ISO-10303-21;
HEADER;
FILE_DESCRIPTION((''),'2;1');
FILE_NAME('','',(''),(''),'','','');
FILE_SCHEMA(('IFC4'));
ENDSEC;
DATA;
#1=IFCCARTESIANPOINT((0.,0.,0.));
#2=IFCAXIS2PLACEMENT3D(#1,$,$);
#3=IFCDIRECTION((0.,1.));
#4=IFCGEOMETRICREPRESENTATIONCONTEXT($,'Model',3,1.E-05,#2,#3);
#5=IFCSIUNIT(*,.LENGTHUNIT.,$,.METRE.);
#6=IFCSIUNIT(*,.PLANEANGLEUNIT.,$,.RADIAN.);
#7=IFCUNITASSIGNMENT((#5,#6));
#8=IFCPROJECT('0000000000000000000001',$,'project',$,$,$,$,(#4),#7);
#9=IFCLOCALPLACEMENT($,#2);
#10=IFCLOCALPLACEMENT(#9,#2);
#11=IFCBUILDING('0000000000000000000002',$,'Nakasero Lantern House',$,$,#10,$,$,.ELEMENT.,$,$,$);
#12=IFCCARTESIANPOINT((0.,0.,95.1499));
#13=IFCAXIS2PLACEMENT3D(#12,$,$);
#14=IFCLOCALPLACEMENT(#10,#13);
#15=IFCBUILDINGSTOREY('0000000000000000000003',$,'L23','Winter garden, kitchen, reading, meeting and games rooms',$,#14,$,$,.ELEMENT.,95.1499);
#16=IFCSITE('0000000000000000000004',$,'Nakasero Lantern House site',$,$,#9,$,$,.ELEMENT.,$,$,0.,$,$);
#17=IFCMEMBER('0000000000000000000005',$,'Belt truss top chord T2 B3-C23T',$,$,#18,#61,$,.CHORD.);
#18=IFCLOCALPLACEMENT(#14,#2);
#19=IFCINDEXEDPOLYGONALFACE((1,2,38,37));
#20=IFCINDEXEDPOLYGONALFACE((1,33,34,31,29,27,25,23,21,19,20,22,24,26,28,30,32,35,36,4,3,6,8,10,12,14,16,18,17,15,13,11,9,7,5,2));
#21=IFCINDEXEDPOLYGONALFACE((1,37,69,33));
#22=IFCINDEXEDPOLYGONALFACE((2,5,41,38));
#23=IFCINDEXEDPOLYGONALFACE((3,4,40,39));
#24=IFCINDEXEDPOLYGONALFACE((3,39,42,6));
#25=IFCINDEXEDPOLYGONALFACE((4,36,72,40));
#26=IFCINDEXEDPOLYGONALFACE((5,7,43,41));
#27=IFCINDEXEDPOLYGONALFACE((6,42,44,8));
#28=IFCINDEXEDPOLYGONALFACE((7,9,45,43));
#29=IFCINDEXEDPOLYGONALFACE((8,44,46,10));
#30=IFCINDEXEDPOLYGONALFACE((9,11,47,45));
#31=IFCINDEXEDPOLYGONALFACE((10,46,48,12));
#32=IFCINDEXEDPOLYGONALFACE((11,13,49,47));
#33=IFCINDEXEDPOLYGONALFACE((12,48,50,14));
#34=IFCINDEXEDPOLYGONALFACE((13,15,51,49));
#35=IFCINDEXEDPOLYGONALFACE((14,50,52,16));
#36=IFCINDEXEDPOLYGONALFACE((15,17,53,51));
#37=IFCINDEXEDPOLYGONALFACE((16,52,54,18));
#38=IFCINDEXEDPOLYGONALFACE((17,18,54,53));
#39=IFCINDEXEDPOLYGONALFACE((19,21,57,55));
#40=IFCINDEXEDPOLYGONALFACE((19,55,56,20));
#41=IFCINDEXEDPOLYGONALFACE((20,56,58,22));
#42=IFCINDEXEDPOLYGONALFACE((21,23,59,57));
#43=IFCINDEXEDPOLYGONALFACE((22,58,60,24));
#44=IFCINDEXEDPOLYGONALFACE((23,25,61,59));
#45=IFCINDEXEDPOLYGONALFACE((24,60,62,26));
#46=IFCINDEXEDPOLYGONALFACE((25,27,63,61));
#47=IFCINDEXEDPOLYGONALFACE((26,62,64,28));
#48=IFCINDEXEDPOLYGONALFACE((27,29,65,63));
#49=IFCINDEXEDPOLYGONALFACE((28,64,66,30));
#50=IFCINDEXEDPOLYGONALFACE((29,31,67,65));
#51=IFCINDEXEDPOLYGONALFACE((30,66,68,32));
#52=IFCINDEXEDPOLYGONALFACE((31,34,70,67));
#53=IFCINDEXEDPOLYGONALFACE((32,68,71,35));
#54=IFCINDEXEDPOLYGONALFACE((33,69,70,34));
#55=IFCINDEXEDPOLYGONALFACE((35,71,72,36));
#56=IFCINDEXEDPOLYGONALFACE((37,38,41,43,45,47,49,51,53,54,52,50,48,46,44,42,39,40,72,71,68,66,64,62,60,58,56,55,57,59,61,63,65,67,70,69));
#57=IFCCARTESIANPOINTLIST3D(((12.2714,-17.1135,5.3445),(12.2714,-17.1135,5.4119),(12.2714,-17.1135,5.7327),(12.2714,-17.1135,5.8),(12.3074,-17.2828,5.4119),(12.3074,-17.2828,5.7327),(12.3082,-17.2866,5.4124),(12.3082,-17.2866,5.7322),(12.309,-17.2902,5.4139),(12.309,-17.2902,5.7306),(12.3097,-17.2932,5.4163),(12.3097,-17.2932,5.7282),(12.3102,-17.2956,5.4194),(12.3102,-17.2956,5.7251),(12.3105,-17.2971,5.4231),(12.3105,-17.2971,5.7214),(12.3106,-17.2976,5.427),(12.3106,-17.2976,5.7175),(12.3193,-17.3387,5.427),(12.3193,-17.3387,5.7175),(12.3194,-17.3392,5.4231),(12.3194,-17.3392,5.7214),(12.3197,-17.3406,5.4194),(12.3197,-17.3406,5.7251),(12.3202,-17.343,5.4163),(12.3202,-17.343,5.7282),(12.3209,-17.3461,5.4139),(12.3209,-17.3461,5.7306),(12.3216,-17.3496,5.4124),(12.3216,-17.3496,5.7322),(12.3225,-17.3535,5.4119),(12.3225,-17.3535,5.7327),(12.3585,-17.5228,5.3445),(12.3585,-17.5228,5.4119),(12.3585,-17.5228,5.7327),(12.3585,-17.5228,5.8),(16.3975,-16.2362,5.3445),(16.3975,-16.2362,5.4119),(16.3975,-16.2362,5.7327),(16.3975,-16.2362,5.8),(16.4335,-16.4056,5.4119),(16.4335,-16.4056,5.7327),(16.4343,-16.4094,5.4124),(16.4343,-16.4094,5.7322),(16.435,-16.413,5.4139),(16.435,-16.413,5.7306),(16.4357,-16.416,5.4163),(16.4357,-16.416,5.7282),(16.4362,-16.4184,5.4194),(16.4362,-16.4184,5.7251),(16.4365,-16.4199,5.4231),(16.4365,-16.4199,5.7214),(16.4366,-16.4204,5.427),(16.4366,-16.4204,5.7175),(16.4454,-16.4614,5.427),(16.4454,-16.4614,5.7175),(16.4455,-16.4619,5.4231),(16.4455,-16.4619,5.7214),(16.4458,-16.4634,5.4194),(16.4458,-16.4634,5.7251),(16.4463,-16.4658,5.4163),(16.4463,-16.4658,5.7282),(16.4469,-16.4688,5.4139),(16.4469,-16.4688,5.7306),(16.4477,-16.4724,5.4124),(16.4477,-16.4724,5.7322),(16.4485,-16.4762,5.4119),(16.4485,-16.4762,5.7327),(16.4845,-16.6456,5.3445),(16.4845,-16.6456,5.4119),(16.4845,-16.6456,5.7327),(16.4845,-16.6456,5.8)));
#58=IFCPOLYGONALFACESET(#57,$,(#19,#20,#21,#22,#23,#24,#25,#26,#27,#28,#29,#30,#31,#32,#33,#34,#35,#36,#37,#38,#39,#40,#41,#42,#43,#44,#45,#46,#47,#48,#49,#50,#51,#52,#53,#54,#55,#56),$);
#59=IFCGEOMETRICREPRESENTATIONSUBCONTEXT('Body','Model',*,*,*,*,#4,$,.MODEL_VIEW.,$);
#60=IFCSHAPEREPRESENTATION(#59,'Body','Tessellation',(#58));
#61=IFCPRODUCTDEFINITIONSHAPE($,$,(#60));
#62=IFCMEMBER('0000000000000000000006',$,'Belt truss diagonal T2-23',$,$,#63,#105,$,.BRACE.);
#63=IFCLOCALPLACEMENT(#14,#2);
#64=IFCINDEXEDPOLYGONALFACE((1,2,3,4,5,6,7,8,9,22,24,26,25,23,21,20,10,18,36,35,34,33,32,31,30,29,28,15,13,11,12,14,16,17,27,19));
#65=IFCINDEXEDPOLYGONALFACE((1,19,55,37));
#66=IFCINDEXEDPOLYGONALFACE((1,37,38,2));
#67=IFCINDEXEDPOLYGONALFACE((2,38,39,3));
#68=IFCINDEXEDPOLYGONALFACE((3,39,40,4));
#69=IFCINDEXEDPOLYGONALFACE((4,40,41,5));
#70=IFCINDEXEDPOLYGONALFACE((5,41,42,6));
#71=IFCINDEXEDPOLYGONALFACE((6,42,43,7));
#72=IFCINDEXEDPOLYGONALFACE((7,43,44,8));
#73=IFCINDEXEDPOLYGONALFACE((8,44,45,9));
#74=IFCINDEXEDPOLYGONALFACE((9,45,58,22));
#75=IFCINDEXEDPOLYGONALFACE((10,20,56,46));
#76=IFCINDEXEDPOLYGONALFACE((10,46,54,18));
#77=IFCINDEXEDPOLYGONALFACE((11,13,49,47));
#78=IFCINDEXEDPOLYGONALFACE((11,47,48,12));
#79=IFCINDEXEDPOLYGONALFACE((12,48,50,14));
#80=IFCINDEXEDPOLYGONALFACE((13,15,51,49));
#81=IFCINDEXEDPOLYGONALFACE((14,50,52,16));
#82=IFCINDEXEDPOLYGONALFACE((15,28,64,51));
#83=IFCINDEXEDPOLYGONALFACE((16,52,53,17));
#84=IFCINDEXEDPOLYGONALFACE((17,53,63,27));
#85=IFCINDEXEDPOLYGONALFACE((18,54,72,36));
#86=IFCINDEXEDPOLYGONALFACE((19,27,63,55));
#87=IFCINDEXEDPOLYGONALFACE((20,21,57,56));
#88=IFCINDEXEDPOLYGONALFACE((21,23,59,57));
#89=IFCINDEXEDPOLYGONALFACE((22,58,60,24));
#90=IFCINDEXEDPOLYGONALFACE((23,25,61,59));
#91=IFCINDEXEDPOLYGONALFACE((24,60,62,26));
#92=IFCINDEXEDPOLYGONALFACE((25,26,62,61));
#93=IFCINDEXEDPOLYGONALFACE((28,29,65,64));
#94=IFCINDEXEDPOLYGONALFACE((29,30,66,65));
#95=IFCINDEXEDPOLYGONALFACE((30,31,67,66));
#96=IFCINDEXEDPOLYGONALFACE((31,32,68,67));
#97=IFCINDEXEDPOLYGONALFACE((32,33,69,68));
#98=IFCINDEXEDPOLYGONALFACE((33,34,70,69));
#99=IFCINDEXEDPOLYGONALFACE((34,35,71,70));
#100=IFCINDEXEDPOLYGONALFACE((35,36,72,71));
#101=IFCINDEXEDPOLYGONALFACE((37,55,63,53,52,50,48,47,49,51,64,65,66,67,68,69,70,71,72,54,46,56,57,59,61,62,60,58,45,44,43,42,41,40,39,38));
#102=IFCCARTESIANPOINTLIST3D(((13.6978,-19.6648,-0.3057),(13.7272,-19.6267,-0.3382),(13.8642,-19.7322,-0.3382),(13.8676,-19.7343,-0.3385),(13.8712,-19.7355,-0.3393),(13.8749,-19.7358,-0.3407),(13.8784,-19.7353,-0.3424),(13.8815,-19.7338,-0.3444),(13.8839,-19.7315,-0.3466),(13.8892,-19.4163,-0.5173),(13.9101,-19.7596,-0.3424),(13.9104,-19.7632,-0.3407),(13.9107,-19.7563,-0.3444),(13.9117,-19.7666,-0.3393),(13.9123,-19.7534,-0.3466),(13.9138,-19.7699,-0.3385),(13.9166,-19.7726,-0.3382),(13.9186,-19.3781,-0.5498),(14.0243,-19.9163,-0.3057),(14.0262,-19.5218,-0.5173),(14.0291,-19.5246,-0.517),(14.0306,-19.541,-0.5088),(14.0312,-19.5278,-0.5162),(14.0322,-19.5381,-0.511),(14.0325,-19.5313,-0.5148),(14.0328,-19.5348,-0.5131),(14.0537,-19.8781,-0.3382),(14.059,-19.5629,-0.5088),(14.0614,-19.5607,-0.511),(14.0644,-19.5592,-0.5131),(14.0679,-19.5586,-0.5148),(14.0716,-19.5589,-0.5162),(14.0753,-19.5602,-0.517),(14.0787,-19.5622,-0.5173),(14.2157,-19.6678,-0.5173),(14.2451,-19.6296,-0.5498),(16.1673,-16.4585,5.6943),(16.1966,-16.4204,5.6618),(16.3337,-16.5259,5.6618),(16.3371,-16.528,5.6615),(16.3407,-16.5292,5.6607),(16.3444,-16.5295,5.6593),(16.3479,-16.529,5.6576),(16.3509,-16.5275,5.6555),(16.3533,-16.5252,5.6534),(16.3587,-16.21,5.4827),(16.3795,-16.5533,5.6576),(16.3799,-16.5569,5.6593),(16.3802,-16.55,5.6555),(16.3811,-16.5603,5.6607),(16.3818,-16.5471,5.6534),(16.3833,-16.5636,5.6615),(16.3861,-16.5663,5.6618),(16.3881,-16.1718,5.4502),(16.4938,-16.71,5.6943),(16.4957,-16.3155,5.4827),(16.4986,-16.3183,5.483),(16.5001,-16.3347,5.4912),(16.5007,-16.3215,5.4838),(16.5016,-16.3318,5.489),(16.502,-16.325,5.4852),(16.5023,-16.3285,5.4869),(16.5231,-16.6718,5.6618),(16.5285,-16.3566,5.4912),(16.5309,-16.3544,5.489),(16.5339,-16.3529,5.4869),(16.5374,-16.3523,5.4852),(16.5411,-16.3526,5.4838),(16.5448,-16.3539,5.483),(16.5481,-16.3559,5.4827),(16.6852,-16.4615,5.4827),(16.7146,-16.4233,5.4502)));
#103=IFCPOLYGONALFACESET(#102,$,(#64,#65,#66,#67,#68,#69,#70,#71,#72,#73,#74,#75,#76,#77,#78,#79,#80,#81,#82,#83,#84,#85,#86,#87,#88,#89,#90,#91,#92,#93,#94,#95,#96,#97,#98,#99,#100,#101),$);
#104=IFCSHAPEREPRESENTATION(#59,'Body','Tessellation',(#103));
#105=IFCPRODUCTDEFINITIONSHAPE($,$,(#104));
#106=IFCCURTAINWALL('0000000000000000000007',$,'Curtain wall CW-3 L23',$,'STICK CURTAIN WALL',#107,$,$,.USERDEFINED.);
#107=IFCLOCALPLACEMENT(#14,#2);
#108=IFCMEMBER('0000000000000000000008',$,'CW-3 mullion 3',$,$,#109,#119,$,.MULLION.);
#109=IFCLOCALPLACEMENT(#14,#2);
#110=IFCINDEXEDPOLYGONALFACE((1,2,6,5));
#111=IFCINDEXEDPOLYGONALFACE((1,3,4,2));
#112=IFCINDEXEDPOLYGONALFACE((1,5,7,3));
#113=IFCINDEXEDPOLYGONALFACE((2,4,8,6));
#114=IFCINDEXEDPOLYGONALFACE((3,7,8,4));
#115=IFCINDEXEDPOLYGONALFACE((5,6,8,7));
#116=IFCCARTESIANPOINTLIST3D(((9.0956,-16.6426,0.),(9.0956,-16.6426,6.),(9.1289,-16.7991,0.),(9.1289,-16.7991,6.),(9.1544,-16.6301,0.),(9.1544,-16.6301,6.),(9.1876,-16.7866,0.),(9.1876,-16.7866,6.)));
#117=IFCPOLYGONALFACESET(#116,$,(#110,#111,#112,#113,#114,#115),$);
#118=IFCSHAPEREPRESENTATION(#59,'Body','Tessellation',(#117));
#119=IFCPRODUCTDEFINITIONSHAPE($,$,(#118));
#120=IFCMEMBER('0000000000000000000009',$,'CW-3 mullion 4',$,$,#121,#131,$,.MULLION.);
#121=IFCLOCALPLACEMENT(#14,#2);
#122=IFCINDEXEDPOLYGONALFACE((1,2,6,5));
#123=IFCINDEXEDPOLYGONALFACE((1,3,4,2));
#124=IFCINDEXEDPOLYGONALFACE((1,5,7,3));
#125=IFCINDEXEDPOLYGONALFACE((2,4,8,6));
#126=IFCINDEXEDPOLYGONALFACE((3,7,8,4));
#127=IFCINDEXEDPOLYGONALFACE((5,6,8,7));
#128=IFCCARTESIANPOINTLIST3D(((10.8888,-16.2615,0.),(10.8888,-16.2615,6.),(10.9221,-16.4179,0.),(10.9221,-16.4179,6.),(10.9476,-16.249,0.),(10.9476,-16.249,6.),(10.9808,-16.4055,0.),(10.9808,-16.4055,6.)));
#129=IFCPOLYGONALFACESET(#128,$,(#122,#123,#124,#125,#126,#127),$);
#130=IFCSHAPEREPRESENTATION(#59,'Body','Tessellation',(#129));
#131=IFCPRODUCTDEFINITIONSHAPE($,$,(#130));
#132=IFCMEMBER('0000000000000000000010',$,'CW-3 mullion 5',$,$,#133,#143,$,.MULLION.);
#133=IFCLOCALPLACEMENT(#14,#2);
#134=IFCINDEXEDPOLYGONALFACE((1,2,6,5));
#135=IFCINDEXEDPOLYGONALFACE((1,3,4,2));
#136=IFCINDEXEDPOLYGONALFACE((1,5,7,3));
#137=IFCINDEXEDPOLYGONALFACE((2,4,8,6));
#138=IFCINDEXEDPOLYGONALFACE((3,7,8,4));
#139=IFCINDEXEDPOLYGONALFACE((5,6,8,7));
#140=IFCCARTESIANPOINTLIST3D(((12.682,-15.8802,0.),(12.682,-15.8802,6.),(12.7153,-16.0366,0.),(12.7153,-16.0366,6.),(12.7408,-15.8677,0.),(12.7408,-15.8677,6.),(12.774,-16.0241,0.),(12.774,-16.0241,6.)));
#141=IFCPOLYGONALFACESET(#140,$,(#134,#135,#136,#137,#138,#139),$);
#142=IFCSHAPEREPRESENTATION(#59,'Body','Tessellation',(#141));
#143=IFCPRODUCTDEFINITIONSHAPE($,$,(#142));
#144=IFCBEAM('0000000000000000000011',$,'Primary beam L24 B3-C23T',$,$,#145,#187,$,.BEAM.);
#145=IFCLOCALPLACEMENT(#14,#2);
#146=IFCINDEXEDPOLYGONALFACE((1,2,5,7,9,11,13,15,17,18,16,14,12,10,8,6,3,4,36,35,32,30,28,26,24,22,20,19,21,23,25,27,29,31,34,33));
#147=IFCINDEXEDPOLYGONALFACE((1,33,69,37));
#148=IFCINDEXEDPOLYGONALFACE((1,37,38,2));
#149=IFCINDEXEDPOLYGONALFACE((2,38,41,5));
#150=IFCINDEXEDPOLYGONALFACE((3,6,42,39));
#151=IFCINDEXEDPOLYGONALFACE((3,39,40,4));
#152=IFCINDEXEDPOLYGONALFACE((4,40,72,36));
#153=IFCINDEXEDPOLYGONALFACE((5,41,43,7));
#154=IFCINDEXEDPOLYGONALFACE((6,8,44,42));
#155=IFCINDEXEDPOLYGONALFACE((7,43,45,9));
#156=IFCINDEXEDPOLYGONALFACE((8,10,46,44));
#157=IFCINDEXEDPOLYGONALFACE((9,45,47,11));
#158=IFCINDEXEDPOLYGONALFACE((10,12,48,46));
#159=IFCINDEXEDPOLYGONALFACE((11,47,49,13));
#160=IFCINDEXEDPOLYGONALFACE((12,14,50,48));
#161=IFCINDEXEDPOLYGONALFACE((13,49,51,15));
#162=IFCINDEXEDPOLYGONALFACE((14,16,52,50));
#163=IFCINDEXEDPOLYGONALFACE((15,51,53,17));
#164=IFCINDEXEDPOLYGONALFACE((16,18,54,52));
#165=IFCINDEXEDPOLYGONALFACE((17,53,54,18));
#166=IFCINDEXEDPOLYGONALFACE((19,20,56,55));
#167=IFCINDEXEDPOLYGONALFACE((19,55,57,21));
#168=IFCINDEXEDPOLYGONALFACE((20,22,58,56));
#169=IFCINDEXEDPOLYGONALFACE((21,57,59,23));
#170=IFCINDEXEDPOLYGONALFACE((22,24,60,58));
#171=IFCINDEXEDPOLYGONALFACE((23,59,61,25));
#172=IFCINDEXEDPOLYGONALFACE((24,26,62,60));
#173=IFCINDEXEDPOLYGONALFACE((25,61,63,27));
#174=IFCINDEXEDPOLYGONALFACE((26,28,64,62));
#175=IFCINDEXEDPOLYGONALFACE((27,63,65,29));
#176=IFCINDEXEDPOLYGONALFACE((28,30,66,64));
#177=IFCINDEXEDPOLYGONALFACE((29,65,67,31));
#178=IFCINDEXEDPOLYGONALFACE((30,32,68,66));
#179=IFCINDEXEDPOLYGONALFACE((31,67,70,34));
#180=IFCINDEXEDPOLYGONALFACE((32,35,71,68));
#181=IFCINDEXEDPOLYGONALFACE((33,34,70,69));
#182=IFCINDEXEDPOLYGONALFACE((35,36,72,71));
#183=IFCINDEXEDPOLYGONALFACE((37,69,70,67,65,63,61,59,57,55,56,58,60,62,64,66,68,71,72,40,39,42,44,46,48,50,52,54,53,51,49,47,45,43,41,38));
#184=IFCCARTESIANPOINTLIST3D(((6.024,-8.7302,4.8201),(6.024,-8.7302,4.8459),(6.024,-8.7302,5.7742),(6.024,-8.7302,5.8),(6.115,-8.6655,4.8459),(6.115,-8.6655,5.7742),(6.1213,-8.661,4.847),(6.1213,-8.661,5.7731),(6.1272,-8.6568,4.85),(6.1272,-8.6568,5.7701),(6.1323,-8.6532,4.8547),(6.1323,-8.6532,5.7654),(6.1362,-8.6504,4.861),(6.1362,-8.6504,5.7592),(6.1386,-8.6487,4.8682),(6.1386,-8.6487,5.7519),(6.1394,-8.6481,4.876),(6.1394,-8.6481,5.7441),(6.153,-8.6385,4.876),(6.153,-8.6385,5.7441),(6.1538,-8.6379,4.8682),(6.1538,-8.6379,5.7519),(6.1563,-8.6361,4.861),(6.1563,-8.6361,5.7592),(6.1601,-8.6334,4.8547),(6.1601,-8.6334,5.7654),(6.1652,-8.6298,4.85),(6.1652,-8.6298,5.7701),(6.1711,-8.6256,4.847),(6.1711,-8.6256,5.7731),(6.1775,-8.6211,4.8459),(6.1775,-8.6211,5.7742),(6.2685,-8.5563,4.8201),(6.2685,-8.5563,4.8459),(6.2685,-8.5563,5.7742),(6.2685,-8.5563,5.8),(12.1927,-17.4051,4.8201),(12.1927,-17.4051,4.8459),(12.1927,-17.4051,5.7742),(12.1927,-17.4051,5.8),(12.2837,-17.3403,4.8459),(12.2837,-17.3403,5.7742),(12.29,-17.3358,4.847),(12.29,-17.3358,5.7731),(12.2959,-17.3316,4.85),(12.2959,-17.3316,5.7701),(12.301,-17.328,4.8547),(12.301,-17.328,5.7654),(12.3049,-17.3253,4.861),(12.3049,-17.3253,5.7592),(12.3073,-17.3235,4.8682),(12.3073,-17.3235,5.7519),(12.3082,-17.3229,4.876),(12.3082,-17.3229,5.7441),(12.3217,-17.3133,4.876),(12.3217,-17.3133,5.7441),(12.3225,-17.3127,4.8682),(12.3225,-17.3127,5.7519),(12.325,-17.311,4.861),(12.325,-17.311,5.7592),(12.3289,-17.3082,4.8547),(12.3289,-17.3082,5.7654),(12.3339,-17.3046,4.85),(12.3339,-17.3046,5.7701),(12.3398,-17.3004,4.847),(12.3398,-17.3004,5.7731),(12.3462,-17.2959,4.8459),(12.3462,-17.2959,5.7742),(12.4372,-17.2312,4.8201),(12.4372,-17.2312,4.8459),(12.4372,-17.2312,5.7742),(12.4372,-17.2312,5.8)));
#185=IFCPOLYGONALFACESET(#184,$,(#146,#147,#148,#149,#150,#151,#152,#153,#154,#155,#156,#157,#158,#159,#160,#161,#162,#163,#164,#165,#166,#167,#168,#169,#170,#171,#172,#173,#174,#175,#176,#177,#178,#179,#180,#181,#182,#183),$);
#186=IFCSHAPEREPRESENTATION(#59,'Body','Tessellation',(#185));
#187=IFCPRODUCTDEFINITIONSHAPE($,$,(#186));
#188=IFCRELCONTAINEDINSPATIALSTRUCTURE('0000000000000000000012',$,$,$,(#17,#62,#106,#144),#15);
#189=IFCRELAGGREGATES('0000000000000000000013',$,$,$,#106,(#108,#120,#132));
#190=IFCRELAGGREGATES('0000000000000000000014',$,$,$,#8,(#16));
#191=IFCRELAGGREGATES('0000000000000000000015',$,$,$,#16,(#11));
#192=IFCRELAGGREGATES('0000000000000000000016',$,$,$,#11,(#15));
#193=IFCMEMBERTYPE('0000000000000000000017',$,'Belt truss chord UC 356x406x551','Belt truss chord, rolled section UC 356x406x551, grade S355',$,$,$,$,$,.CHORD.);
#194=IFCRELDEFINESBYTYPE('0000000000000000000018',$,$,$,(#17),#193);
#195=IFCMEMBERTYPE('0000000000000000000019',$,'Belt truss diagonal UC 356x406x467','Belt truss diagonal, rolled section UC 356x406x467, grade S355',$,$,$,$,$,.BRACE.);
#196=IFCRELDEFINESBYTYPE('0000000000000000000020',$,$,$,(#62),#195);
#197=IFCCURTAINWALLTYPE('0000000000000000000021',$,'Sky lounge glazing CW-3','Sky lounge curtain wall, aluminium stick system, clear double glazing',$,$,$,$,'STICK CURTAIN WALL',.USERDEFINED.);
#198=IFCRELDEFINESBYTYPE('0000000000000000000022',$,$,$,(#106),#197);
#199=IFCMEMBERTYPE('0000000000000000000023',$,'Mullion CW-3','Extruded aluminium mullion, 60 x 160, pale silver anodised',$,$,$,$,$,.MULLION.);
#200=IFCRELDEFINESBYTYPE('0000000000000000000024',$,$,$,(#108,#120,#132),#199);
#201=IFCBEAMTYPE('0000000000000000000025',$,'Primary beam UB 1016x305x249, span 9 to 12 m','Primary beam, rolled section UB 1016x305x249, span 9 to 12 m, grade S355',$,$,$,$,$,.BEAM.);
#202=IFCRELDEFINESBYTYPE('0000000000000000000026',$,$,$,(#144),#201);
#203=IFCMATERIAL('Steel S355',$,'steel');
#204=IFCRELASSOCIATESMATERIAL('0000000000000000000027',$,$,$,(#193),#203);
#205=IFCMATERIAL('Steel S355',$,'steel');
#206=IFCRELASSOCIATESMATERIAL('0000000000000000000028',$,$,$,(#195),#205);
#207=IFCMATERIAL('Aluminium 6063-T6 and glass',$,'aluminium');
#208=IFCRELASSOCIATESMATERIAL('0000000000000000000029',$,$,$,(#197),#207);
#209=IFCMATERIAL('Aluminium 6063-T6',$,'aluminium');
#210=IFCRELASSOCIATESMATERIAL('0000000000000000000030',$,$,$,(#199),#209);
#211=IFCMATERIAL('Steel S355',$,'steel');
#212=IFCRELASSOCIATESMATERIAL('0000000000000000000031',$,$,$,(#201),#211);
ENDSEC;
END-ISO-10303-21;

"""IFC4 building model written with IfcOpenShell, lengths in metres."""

from ifc_helpers import new_model, si_unit, direction, frame, origin, origin_2d, place, context, subcontext, project, spatial, rectangle, i_section, extrude, material, material_profile, profile_set, type_object, element, aggregate, save


model = new_model("IFC4")

# Units and contexts
model_context = context("Model", 3, precision=1e-05, world=origin(), true_north=direction((0.0, 1.0)))
body_context = subcontext(model_context, "Body", "Model", "MODEL_VIEW")
ifc_project = project(units=[si_unit("LENGTHUNIT", "METRE"), si_unit("PLANEANGLEUNIT", "RADIAN")], contexts=[model_context])

# Site, building, storey
site_placement = place(None, origin())
site = spatial("IfcSite", under=ifc_project, at=site_placement, Name="Nakasero Lantern House site", CompositionType="ELEMENT", RefElevation=0.0)
building_placement = place(site_placement, origin())
building = spatial("IfcBuilding", under=site, at=building_placement, Name="Nakasero Lantern House", CompositionType="ELEMENT")
storey_placement = place(building_placement, frame((0.0, 0.0, 95.1499)))
storey = spatial("IfcBuildingStorey", under=building, at=storey_placement, Name="L23", Description="Winter garden, kitchen, reading, meeting and games rooms", CompositionType="ELEMENT", Elevation=95.1499)

# Members
ifc_material_1 = material(Name="Steel S355", Category="steel")
ifc_material_profile_1 = material_profile(ifc_material_1, i_section(OverallWidth=0.4185, OverallDepth=0.4556, WebThickness=0.042, FlangeThickness=0.0674, FilletRadius=0.0151, at=origin_2d()), Name="UC 356x406x551")
ifc_profile_set_1 = profile_set([ifc_material_profile_1], Name="Steel S355")
member_type_1 = type_object("IfcMemberType", Name="Belt truss chord UC 356x406x551", Description="Belt truss chord, rolled section UC 356x406x551, grade S355", PredefinedType="CHORD", material=ifc_profile_set_1)
member_1_placement = place(storey_placement, frame((12.3149, -17.3181, 5.5723), z_axis=(0.978138, 0.207956, 0.0), x_axis=(-0.207956, 0.978138, 0.0)))
element("IfcMember", 1, at=member_1_placement, inside=storey, type_object=member_type_1, Name="Belt truss top chord T2 B3-C23T", PredefinedType="CHORD", context=body_context, shape_type="SweptSolid", body=[
    extrude(i_section(OverallWidth=0.4185, OverallDepth=0.4556, WebThickness=0.042, FlangeThickness=0.0674, FilletRadius=0.0151, at=origin_2d()), origin(), (0.0, 0.0, 1.0), 4.2183),
])
ifc_material_2 = material(Name="Steel S355", Category="steel")
ifc_material_profile_2 = material_profile(ifc_material_2, i_section(OverallWidth=0.4121, OverallDepth=0.4365, WebThickness=0.0359, FlangeThickness=0.0581, FilletRadius=0.0151, at=origin_2d()), Name="UC 356x406x467")
ifc_profile_set_2 = profile_set([ifc_material_profile_2], Name="Steel S355")
member_type_2 = type_object("IfcMemberType", Name="Belt truss diagonal UC 356x406x467", Description="Belt truss diagonal, rolled section UC 356x406x467, grade S355", PredefinedType="BRACE", material=ifc_profile_set_2)
member_2_placement = place(storey_placement, frame((13.9714, -19.6472, -0.4277), z_axis=(0.341215, 0.443023, 0.829037), x_axis=(-0.792254, 0.610192, 0.0)))
element("IfcMember", 2, at=member_2_placement, inside=storey, type_object=member_type_2, Name="Belt truss diagonal T2-23", PredefinedType="BRACE", context=body_context, shape_type="SweptSolid", body=[
    extrude(i_section(OverallWidth=0.4121, OverallDepth=0.4365, WebThickness=0.0359, FlangeThickness=0.0581, FilletRadius=0.0151, at=origin_2d()), origin(), (0.0, 0.0, 1.0), 7.2373),
])

# Curtain wall, members
ifc_material_3 = material(Name="Aluminium 6063-T6 and glass", Category="aluminium")
curtain_wall_type = type_object("IfcCurtainWallType", Name="Sky lounge glazing CW-3", Description="Sky lounge curtain wall, aluminium stick system, clear double glazing", ElementType="STICK CURTAIN WALL", PredefinedType="USERDEFINED", material=ifc_material_3)
curtain_wall_placement = place(storey_placement, origin())
curtain_wall = element("IfcCurtainWall", 3, at=curtain_wall_placement, inside=storey, type_object=curtain_wall_type, Name="Curtain wall CW-3 L23", ObjectType="STICK CURTAIN WALL", PredefinedType="USERDEFINED")
ifc_material_4 = material(Name="Aluminium 6063-T6", Category="aluminium")
ifc_material_profile_3 = material_profile(ifc_material_4, rectangle(XDim=0.0601, YDim=0.1599, at=origin_2d()), Name="CW-3 mullion 60x160")
ifc_profile_set_3 = profile_set([ifc_material_profile_3], Name="Aluminium 6063-T6")
member_type_3 = type_object("IfcMemberType", Name="Mullion CW-3", Description="Extruded aluminium mullion, 60 x 160, pale silver anodised", PredefinedType="MULLION", material=ifc_profile_set_3)
member_3_placement = place(storey_placement, frame((9.1416, -16.7146, 0.0), z_axis=(0.0, 0.0, 1.0), x_axis=(0.978148, 0.207912, 0.0)))
member_3 = element("IfcMember", 4, at=member_3_placement, type_object=member_type_3, Name="CW-3 mullion 3", PredefinedType="MULLION", context=body_context, shape_type="SweptSolid", body=[
    extrude(rectangle(XDim=0.0601, YDim=0.1599, at=origin_2d()), origin(), (0.0, 0.0, 1.0), 6.0),
])
member_4_placement = place(storey_placement, frame((10.9348, -16.3335, 0.0), z_axis=(0.0, 0.0, 1.0), x_axis=(0.978148, 0.207912, 0.0)))
member_4 = element("IfcMember", 5, at=member_4_placement, type_object=member_type_3, Name="CW-3 mullion 4", PredefinedType="MULLION", context=body_context, shape_type="SweptSolid", body=[
    extrude(rectangle(XDim=0.0601, YDim=0.1599, at=origin_2d()), origin(), (0.0, 0.0, 1.0), 6.0),
])
member_5_placement = place(storey_placement, frame((12.728, -15.9521, 0.0), z_axis=(0.0, 0.0, 1.0), x_axis=(0.978148, 0.207912, 0.0)))
member_5 = element("IfcMember", 6, at=member_5_placement, type_object=member_type_3, Name="CW-3 mullion 5", PredefinedType="MULLION", context=body_context, shape_type="SweptSolid", body=[
    extrude(rectangle(XDim=0.0601, YDim=0.1599, at=origin_2d()), origin(), (0.0, 0.0, 1.0), 6.0),
])

# Beam
ifc_material_5 = material(Name="Steel S355", Category="steel")
ifc_material_profile_4 = material_profile(ifc_material_5, i_section(OverallWidth=0.3, OverallDepth=0.98, WebThickness=0.0166, FlangeThickness=0.0259, FilletRadius=0.03, at=origin_2d()), Name="UB 1016x305x249")
ifc_profile_set_4 = profile_set([ifc_material_profile_4], Name="Steel S355")
beam_type = type_object("IfcBeamType", Name="Primary beam UB 1016x305x249, span 9 to 12 m", Description="Primary beam, rolled section UB 1016x305x249, span 9 to 12 m, grade S355", PredefinedType="BEAM", material=ifc_profile_set_4)
beam_placement = place(storey_placement, frame((12.3149, -17.3181, 5.3101), z_axis=(-0.579521, 0.814957, 0.0), x_axis=(-0.814957, -0.579521, 0.0)))
element("IfcBeam", 7, at=beam_placement, inside=storey, type_object=beam_type, Name="Primary beam L24 B3-C23T", PredefinedType="BEAM", context=body_context, shape_type="SweptSolid", body=[
    extrude(i_section(OverallWidth=0.3, OverallDepth=0.98, WebThickness=0.0166, FlangeThickness=0.0259, FilletRadius=0.03, at=origin_2d()), origin(), (0.0, 0.0, 1.0), 10.6445),
])

aggregate(curtain_wall, [member_3, member_4, member_5])

save(model, "model.ifc")
